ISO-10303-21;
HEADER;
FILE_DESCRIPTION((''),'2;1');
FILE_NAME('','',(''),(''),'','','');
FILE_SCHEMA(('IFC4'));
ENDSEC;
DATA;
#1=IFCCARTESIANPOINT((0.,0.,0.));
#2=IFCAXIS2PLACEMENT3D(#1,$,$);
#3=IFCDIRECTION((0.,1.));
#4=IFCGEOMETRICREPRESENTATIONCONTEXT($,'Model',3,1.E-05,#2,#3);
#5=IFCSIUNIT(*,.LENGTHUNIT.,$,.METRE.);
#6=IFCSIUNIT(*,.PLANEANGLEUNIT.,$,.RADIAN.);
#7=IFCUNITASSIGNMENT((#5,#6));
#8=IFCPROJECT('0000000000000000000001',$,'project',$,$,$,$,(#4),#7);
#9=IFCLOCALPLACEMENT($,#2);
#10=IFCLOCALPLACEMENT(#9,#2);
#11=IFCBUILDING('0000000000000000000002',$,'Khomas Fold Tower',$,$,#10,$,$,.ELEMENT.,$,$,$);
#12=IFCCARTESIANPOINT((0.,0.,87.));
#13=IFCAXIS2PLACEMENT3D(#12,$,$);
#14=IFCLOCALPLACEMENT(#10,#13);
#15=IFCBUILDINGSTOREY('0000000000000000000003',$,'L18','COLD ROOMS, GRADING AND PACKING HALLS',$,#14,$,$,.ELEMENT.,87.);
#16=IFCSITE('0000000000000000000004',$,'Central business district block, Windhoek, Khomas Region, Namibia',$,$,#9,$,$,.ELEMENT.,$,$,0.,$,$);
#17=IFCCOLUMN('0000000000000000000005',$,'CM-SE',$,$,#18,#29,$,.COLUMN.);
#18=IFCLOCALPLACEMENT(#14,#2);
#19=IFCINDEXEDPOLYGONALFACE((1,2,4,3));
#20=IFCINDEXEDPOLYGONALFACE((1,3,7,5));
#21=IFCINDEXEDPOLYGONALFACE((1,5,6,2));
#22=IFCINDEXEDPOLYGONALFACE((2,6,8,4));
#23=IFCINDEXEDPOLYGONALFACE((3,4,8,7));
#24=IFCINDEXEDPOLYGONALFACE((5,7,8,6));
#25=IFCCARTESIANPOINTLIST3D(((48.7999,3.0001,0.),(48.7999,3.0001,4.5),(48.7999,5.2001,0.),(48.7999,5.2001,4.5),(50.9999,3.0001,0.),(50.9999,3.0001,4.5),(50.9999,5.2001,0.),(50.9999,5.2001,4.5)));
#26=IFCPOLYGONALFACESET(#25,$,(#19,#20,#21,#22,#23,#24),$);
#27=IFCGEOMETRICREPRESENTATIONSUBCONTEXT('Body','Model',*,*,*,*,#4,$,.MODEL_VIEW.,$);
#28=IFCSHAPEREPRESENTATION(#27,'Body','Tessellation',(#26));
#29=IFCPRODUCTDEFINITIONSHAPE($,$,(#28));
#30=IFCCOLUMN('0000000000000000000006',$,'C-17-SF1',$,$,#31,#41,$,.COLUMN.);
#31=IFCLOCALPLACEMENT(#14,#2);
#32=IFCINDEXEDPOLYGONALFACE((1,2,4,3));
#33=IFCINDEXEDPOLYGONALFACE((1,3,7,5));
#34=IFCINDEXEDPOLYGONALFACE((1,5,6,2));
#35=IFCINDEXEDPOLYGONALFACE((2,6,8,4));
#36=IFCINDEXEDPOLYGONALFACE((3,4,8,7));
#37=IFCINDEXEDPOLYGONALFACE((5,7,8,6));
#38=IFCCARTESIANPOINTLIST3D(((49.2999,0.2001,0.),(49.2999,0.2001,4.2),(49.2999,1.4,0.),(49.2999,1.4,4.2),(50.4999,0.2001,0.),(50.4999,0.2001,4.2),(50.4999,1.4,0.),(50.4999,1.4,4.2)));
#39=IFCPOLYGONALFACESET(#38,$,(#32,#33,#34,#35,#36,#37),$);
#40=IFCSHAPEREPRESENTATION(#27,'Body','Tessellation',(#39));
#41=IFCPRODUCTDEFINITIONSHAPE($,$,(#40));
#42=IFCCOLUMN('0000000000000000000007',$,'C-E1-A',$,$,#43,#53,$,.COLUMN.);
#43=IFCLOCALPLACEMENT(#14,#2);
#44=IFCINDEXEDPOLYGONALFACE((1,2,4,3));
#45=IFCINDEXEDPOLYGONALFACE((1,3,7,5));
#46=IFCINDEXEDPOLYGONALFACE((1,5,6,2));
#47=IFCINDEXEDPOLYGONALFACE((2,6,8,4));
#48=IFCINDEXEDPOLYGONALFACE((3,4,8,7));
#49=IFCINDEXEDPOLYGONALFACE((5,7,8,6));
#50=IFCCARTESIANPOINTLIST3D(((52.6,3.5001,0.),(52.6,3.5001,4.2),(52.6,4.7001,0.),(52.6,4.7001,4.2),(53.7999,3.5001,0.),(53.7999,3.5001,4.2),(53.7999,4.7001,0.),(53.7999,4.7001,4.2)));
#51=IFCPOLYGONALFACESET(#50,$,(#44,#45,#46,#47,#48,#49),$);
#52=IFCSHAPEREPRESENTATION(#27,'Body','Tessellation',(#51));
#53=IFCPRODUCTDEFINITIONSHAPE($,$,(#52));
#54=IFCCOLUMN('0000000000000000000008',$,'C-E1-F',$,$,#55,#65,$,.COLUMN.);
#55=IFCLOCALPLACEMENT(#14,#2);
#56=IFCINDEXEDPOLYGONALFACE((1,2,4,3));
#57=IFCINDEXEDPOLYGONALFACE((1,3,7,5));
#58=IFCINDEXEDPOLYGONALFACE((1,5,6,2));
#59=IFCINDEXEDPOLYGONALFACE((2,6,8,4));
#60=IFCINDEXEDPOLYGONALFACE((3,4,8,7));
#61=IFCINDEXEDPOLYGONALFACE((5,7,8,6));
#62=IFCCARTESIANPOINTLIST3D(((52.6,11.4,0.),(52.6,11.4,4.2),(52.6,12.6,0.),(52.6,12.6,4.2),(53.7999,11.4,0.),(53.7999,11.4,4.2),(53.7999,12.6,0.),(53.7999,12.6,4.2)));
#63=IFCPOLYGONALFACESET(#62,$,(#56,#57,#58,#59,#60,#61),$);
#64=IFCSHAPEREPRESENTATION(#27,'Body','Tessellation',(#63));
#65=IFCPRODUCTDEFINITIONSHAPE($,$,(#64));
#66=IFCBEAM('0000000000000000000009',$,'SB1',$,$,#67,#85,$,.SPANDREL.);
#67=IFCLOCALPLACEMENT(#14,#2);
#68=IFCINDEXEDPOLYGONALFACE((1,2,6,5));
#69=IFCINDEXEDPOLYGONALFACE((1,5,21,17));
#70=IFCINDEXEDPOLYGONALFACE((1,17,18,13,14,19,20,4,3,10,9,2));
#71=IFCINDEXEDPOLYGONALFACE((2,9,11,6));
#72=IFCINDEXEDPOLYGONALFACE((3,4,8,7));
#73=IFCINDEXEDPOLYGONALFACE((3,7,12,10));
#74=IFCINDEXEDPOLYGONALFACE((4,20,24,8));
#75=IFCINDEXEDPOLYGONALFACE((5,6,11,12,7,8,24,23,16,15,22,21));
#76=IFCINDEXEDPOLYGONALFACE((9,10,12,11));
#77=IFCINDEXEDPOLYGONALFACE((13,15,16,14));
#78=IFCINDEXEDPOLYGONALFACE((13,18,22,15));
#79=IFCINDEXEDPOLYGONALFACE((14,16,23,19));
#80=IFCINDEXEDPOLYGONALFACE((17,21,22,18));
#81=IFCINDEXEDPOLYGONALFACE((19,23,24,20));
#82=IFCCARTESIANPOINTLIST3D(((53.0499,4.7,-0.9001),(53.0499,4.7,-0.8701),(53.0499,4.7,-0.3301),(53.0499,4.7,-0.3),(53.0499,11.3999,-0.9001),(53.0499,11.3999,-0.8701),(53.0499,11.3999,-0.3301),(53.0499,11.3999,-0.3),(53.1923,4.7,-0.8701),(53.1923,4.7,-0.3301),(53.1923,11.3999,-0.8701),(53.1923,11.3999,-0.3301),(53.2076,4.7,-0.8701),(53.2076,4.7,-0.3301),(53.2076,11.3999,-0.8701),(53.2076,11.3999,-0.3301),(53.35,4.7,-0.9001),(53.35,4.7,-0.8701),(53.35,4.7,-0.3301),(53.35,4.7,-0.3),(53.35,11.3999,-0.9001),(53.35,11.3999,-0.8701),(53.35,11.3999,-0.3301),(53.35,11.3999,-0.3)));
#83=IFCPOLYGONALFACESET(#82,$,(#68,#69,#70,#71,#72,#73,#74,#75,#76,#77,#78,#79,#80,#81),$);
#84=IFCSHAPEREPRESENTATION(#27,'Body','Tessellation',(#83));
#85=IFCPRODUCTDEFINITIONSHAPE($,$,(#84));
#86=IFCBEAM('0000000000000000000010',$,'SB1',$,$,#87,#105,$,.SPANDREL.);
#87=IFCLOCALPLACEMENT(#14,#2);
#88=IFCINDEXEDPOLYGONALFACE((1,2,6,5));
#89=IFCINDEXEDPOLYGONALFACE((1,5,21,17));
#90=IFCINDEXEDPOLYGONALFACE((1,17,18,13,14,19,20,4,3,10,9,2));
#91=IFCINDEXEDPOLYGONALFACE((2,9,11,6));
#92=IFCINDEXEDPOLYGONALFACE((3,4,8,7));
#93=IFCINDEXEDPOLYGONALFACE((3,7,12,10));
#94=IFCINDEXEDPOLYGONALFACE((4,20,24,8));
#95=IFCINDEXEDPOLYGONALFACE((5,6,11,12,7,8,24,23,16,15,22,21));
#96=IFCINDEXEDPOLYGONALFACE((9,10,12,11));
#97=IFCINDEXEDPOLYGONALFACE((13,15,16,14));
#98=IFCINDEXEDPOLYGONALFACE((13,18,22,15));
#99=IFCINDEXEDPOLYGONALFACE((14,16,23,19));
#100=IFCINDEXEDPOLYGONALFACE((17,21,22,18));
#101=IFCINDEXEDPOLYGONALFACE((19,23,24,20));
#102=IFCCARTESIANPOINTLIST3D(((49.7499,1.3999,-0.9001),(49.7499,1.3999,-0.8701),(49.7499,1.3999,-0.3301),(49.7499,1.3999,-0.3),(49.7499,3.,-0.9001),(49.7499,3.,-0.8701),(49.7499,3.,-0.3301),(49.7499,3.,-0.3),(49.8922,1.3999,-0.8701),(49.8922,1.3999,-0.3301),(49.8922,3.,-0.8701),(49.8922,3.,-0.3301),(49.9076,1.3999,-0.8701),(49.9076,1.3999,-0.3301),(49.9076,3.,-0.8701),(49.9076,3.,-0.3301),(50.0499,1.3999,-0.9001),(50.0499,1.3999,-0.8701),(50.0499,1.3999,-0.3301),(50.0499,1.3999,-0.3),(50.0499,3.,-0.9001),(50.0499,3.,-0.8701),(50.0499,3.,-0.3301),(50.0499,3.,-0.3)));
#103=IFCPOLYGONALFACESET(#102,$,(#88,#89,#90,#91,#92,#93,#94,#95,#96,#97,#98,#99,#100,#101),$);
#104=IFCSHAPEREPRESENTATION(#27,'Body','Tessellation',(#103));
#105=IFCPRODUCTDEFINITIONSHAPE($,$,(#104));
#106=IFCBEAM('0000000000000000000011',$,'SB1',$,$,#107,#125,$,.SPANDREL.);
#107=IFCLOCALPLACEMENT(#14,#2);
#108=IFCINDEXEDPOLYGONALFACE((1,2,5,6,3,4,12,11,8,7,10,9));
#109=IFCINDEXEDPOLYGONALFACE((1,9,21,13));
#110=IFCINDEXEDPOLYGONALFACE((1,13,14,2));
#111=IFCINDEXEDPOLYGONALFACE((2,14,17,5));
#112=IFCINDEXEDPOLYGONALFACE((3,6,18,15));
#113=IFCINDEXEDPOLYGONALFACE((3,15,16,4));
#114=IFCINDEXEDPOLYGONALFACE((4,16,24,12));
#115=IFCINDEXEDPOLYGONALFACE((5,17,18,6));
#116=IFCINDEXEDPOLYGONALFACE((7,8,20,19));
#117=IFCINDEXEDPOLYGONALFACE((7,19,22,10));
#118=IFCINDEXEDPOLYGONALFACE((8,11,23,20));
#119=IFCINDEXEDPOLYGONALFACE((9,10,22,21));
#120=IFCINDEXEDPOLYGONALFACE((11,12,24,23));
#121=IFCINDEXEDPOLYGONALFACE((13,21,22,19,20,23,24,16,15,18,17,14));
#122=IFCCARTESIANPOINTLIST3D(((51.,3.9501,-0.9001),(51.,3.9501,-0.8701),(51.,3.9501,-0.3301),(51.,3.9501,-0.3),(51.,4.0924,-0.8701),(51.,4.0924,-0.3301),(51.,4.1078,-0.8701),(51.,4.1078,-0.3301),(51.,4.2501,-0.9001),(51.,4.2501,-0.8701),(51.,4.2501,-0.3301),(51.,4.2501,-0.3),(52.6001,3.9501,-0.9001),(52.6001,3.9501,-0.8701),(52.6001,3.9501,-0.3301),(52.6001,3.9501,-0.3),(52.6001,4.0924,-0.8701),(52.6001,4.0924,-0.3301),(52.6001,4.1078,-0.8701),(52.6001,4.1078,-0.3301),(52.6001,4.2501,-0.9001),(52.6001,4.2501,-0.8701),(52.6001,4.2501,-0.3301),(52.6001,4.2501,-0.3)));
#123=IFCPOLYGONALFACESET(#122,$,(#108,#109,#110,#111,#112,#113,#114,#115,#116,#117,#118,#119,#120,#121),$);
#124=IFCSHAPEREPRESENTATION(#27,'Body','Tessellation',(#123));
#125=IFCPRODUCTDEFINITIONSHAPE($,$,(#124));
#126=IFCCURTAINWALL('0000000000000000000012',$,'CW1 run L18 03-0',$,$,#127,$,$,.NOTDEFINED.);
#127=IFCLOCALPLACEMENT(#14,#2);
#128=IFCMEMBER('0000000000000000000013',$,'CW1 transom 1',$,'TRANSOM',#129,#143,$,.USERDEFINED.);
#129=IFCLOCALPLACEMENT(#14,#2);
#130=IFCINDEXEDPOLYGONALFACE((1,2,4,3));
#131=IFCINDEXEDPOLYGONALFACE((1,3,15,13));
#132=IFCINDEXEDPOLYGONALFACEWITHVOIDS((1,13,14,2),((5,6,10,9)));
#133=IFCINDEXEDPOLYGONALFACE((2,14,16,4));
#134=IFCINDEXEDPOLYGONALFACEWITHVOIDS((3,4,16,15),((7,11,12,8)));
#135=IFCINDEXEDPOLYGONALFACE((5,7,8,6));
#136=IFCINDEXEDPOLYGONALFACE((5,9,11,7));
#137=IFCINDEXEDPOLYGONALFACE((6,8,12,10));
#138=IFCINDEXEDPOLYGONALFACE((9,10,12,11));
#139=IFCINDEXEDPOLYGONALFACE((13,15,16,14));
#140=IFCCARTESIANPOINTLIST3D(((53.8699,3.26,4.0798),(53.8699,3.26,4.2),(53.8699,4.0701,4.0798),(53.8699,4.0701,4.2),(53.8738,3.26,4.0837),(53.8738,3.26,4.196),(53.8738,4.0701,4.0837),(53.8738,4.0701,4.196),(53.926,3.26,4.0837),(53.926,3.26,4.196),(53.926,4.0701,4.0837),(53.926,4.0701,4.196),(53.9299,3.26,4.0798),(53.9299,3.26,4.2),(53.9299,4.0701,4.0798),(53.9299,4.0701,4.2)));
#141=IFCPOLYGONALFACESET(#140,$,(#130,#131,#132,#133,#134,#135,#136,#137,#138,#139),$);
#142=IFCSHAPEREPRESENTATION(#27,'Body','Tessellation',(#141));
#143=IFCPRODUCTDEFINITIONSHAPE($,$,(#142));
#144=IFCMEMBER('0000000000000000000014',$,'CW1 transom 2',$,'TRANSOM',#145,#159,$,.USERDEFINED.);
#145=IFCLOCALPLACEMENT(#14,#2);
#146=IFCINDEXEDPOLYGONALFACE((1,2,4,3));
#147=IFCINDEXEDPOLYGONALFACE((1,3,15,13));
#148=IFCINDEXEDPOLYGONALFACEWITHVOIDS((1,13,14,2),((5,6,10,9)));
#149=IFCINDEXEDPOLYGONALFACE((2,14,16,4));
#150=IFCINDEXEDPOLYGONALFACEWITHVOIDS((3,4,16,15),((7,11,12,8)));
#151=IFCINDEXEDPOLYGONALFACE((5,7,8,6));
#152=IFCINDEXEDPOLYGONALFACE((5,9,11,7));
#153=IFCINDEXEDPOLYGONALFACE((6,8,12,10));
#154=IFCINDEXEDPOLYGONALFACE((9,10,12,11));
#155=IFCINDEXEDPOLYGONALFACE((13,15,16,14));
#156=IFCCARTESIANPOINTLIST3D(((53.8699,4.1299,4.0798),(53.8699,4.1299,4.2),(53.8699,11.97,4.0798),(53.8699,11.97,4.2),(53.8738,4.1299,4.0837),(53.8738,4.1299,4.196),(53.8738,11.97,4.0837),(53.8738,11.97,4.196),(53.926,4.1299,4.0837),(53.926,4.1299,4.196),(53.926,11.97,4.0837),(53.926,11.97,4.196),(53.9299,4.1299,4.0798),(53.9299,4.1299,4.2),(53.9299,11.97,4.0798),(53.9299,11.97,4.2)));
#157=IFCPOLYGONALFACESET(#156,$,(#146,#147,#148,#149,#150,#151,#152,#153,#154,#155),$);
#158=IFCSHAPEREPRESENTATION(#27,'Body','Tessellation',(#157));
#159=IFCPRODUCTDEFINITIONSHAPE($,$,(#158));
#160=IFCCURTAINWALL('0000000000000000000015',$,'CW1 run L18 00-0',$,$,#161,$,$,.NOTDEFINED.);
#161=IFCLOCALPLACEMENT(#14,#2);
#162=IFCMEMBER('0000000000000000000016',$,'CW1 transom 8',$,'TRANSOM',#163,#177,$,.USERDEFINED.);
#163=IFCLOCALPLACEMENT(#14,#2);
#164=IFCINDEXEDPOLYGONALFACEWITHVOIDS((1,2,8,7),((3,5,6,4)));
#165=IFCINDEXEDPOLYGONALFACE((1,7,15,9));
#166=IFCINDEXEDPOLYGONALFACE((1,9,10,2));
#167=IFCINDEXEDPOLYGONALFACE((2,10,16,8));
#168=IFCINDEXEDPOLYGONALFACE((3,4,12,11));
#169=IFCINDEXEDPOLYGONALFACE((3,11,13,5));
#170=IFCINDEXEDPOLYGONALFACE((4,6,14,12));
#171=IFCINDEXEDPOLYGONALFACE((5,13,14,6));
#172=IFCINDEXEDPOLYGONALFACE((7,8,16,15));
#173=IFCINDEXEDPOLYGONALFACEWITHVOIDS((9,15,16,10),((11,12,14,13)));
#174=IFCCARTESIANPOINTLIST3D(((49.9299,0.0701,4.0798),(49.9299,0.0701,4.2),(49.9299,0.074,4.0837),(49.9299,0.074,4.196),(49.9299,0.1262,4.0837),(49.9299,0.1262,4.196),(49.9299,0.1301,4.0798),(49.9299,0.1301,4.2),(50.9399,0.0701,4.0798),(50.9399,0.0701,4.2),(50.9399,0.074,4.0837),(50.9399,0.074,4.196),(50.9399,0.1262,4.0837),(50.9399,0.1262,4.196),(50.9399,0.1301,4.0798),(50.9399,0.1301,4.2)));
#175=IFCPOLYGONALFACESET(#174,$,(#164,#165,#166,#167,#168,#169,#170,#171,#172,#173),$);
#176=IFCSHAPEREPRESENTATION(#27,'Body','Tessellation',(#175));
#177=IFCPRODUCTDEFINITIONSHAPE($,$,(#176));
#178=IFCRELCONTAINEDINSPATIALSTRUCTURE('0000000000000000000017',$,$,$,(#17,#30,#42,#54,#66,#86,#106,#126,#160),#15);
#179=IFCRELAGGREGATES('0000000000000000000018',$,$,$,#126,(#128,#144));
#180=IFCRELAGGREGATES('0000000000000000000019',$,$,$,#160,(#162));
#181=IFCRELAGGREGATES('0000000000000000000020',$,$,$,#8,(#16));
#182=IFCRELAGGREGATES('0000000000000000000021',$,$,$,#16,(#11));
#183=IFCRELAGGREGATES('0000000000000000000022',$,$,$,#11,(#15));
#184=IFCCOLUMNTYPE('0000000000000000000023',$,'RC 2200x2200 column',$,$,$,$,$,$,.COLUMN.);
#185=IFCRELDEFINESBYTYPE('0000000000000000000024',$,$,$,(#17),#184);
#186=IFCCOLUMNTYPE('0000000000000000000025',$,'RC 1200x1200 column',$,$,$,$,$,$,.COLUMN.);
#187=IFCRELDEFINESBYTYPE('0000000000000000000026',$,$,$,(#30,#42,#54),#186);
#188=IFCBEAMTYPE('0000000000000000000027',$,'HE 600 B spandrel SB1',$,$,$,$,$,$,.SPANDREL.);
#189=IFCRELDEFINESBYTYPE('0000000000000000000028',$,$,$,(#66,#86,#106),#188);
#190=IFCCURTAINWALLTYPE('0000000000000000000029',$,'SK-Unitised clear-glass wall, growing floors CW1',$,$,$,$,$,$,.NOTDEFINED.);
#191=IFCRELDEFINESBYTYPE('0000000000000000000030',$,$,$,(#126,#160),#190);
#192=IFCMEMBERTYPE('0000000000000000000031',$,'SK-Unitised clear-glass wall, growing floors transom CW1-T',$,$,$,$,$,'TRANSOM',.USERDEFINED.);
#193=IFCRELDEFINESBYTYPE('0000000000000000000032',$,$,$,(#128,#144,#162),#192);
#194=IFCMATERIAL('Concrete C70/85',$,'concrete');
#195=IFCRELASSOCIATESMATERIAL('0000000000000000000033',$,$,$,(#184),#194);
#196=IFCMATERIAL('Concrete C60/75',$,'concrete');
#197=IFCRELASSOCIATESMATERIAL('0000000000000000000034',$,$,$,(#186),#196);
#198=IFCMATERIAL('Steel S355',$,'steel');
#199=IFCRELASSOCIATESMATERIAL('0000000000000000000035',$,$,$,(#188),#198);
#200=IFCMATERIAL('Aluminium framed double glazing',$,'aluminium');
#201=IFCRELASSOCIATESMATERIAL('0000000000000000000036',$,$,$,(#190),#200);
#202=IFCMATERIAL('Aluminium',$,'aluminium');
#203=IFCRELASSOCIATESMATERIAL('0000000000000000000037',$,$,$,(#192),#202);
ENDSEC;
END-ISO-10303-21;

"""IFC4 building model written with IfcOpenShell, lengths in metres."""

from ifc_helpers import new_model, si_unit, direction, frame, origin, origin_2d, place, context, subcontext, project, spatial, rectangle, hollow_rectangle, i_section, extrude, source, transform, mapped, material, material_profile, profile_set, type_object, element, aggregate, save


model = new_model("IFC4")

# Units and contexts
model_context = context("Model", 3, precision=1e-05, world=origin(), true_north=direction((0.0, 1.0)))
body_context = subcontext(model_context, "Body", "Model", "MODEL_VIEW")
ifc_project = project(units=[si_unit("LENGTHUNIT", "METRE"), si_unit("PLANEANGLEUNIT", "RADIAN")], contexts=[model_context])

# Site, building, storey
site_placement = place(None, origin())
site = spatial("IfcSite", under=ifc_project, at=site_placement, Name="Central business district block, Windhoek, Khomas Region, Namibia", CompositionType="ELEMENT", RefElevation=0.0)
building_placement = place(site_placement, origin())
building = spatial("IfcBuilding", under=site, at=building_placement, Name="Khomas Fold Tower", CompositionType="ELEMENT")
storey_placement = place(building_placement, frame((0.0, 0.0, 87.0)))
storey = spatial("IfcBuildingStorey", under=building, at=storey_placement, Name="L18", Description="COLD ROOMS, GRADING AND PACKING HALLS", CompositionType="ELEMENT", Elevation=87.0)

# Columns
ifc_material_1 = material(Name="Concrete C70/85", Category="concrete")
ifc_material_profile_1 = material_profile(ifc_material_1, rectangle(XDim=2.2, YDim=2.2, at=origin_2d()), Name="RC 2200x2200")
ifc_profile_set_1 = profile_set([ifc_material_profile_1], Name="Concrete C70/85")
column_type_1 = type_object("IfcColumnType", Name="RC 2200x2200 column", PredefinedType="COLUMN", material=ifc_profile_set_1)
shared_shape_1 = source(origin(), body_context, "Body", "SweptSolid", [
    extrude(rectangle(XDim=2.2, YDim=2.2, at=origin_2d()), origin(), (0.0, 0.0, 1.0), 4.5),
])
column_placement = place(storey_placement, frame((49.8999, 4.1001, 0.0), z_axis=(0.0, 0.0, 1.0), x_axis=(1.0, 0.0, 0.0)))
element("IfcColumn", 1, at=column_placement, inside=storey, type_object=column_type_1, Name="CM-SE", PredefinedType="COLUMN", context=body_context, shape_type="MappedRepresentation", body=[
    mapped(shared_shape_1, transform((0.0, 0.0, 0.0))),
])
ifc_material_2 = material(Name="Concrete C60/75", Category="concrete")
ifc_material_profile_2 = material_profile(ifc_material_2, rectangle(XDim=1.2, YDim=1.2, at=origin_2d()), Name="RC 1200x1200")
ifc_profile_set_2 = profile_set([ifc_material_profile_2], Name="Concrete C60/75")
column_type_2 = type_object("IfcColumnType", Name="RC 1200x1200 column", PredefinedType="COLUMN", material=ifc_profile_set_2)
shared_shape_2 = source(origin(), body_context, "Body", "SweptSolid", [
    extrude(rectangle(XDim=1.2, YDim=1.2, at=origin_2d()), origin(), (0.0, 0.0, 1.0), 4.2),
])
for number, where, z_axis, x_axis, name in (
    (2, (49.8999, 0.8, 0.0), (0.0, 0.0, 1.0), (1.0, 0.0, 0.0), "C-17-SF1"),
    (3, (53.2, 4.1001, 0.0), (0.0, 0.0, 1.0), (1.0, 0.0, 0.0), "C-E1-A"),
    (4, (53.2, 12.0, 0.0), (0.0, 0.0, 1.0), (1.0, 0.0, 0.0), "C-E1-F"),
):
    element("IfcColumn", number, at=place(storey_placement, frame(where, z_axis=z_axis, x_axis=x_axis)), inside=storey, type_object=column_type_2, Name=name, PredefinedType="COLUMN", context=body_context, shape_type="MappedRepresentation", body=[
        mapped(shared_shape_2, transform((0.0, 0.0, 0.0))),
    ])

# Beams
ifc_material_3 = material(Name="Steel S355", Category="steel")
ifc_material_profile_3 = material_profile(ifc_material_3, i_section(OverallWidth=0.3, OverallDepth=0.6001, WebThickness=0.0154, FlangeThickness=0.03, at=origin_2d()), Name="HE 600 B")
ifc_profile_set_3 = profile_set([ifc_material_profile_3], Name="Steel S355")
beam_type = type_object("IfcBeamType", Name="HE 600 B spandrel SB1", PredefinedType="SPANDREL", material=ifc_profile_set_3)
shared_shape_3 = source(origin(), body_context, "Body", "SweptSolid", [
    extrude(i_section(OverallWidth=0.3, OverallDepth=0.6001, WebThickness=0.0154, FlangeThickness=0.03, at=origin_2d()), origin(), (0.0, 0.0, 1.0), 6.7),
])
beam_placement = place(storey_placement, frame((53.2, 4.7, -0.6001), z_axis=(0.0, 1.0, 0.0), x_axis=(-1.0, 0.0, 0.0)))
element("IfcBeam", 5, at=beam_placement, inside=storey, type_object=beam_type, Name="SB1", PredefinedType="SPANDREL", context=body_context, shape_type="MappedRepresentation", body=[
    mapped(shared_shape_3, transform((0.0, 0.0, 0.0))),
])
shared_shape_4 = source(origin(), body_context, "Body", "SweptSolid", [
    extrude(i_section(OverallWidth=0.3, OverallDepth=0.6001, WebThickness=0.0154, FlangeThickness=0.03, at=origin_2d()), origin(), (0.0, 0.0, 1.0), 1.6001),
])
for number, where, z_axis, x_axis, name in (
    (6, (49.8999, 1.3999, -0.6001), (0.0, 1.0, 0.0), (-1.0, 0.0, 0.0), "SB1"),
    (7, (51.0, 4.1001, -0.6001), (1.0, 0.0, 0.0), (0.0, 1.0, 0.0), "SB1"),
):
    element("IfcBeam", number, at=place(storey_placement, frame(where, z_axis=z_axis, x_axis=x_axis)), inside=storey, type_object=beam_type, Name=name, PredefinedType="SPANDREL", context=body_context, shape_type="MappedRepresentation", body=[
        mapped(shared_shape_4, transform((0.0, 0.0, 0.0))),
    ])

# Curtain wall, members
ifc_material_4 = material(Name="Aluminium framed double glazing", Category="aluminium")
curtain_wall_type = type_object("IfcCurtainWallType", Name="SK-Unitised clear-glass wall, growing floors CW1", PredefinedType="NOTDEFINED", material=ifc_material_4)
curtain_wall_1_placement = place(storey_placement, origin())
curtain_wall_1 = element("IfcCurtainWall", 8, at=curtain_wall_1_placement, inside=storey, type_object=curtain_wall_type, Name="CW1 run L18 03-0", PredefinedType="NOTDEFINED")
ifc_material_5 = material(Name="Aluminium", Category="aluminium")
ifc_material_profile_4 = material_profile(ifc_material_5, hollow_rectangle(XDim=0.0601, YDim=0.1201, WallThickness=0.0039, at=origin_2d()), Name="SK-Unitised clear-glass wall, growing floors transom CW1-T")
ifc_profile_set_4 = profile_set([ifc_material_profile_4], Name="Aluminium")
member_type_1 = type_object("IfcMemberType", Name="SK-Unitised clear-glass wall, growing floors transom CW1-T", ElementType="TRANSOM", PredefinedType="USERDEFINED", material=ifc_profile_set_4)
shared_shape_5 = source(origin(), body_context, "Body", "SweptSolid", [
    extrude(hollow_rectangle(XDim=0.0601, YDim=0.1201, WallThickness=0.0039, at=origin_2d()), origin(), (0.0, 0.0, 1.0), 0.8101),
])
member_1_placement = place(storey_placement, frame((53.8999, 3.26, 4.1399), z_axis=(0.0, 1.0, 0.0), x_axis=(-1.0, 0.0, 0.0)))
member_1 = element("IfcMember", 9, at=member_1_placement, type_object=member_type_1, Name="CW1 transom 1", ObjectType="TRANSOM", PredefinedType="USERDEFINED", context=body_context, shape_type="MappedRepresentation", body=[
    mapped(shared_shape_5, transform((0.0, 0.0, 0.0))),
])
shared_shape_6 = source(origin(), body_context, "Body", "SweptSolid", [
    extrude(hollow_rectangle(XDim=0.0601, YDim=0.1201, WallThickness=0.0039, at=origin_2d()), origin(), (0.0, 0.0, 1.0), 7.8401),
])
member_2_placement = place(storey_placement, frame((53.8999, 4.1299, 4.1399), z_axis=(0.0, 1.0, 0.0), x_axis=(-1.0, 0.0, 0.0)))
member_2 = element("IfcMember", 10, at=member_2_placement, type_object=member_type_1, Name="CW1 transom 2", ObjectType="TRANSOM", PredefinedType="USERDEFINED", context=body_context, shape_type="MappedRepresentation", body=[
    mapped(shared_shape_6, transform((0.0, 0.0, 0.0))),
])

# Curtain wall, member
curtain_wall_2_placement = place(storey_placement, origin())
curtain_wall_2 = element("IfcCurtainWall", 11, at=curtain_wall_2_placement, inside=storey, type_object=curtain_wall_type, Name="CW1 run L18 00-0", PredefinedType="NOTDEFINED")
shared_shape_7 = source(origin(), body_context, "Body", "SweptSolid", [
    extrude(hollow_rectangle(XDim=0.0601, YDim=0.1201, WallThickness=0.0039, at=origin_2d()), origin(), (0.0, 0.0, 1.0), 1.01),
])
member_3_placement = place(storey_placement, frame((49.9299, 0.1001, 4.1399), z_axis=(1.0, 0.0, 0.0), x_axis=(0.0, 1.0, 0.0)))
member_3 = element("IfcMember", 12, at=member_3_placement, type_object=member_type_1, Name="CW1 transom 8", ObjectType="TRANSOM", PredefinedType="USERDEFINED", context=body_context, shape_type="MappedRepresentation", body=[
    mapped(shared_shape_7, transform((0.0, 0.0, 0.0))),
])

aggregate(curtain_wall_1, [member_1, member_2])
aggregate(curtain_wall_2, [member_3])

save(model, "model.ifc")
